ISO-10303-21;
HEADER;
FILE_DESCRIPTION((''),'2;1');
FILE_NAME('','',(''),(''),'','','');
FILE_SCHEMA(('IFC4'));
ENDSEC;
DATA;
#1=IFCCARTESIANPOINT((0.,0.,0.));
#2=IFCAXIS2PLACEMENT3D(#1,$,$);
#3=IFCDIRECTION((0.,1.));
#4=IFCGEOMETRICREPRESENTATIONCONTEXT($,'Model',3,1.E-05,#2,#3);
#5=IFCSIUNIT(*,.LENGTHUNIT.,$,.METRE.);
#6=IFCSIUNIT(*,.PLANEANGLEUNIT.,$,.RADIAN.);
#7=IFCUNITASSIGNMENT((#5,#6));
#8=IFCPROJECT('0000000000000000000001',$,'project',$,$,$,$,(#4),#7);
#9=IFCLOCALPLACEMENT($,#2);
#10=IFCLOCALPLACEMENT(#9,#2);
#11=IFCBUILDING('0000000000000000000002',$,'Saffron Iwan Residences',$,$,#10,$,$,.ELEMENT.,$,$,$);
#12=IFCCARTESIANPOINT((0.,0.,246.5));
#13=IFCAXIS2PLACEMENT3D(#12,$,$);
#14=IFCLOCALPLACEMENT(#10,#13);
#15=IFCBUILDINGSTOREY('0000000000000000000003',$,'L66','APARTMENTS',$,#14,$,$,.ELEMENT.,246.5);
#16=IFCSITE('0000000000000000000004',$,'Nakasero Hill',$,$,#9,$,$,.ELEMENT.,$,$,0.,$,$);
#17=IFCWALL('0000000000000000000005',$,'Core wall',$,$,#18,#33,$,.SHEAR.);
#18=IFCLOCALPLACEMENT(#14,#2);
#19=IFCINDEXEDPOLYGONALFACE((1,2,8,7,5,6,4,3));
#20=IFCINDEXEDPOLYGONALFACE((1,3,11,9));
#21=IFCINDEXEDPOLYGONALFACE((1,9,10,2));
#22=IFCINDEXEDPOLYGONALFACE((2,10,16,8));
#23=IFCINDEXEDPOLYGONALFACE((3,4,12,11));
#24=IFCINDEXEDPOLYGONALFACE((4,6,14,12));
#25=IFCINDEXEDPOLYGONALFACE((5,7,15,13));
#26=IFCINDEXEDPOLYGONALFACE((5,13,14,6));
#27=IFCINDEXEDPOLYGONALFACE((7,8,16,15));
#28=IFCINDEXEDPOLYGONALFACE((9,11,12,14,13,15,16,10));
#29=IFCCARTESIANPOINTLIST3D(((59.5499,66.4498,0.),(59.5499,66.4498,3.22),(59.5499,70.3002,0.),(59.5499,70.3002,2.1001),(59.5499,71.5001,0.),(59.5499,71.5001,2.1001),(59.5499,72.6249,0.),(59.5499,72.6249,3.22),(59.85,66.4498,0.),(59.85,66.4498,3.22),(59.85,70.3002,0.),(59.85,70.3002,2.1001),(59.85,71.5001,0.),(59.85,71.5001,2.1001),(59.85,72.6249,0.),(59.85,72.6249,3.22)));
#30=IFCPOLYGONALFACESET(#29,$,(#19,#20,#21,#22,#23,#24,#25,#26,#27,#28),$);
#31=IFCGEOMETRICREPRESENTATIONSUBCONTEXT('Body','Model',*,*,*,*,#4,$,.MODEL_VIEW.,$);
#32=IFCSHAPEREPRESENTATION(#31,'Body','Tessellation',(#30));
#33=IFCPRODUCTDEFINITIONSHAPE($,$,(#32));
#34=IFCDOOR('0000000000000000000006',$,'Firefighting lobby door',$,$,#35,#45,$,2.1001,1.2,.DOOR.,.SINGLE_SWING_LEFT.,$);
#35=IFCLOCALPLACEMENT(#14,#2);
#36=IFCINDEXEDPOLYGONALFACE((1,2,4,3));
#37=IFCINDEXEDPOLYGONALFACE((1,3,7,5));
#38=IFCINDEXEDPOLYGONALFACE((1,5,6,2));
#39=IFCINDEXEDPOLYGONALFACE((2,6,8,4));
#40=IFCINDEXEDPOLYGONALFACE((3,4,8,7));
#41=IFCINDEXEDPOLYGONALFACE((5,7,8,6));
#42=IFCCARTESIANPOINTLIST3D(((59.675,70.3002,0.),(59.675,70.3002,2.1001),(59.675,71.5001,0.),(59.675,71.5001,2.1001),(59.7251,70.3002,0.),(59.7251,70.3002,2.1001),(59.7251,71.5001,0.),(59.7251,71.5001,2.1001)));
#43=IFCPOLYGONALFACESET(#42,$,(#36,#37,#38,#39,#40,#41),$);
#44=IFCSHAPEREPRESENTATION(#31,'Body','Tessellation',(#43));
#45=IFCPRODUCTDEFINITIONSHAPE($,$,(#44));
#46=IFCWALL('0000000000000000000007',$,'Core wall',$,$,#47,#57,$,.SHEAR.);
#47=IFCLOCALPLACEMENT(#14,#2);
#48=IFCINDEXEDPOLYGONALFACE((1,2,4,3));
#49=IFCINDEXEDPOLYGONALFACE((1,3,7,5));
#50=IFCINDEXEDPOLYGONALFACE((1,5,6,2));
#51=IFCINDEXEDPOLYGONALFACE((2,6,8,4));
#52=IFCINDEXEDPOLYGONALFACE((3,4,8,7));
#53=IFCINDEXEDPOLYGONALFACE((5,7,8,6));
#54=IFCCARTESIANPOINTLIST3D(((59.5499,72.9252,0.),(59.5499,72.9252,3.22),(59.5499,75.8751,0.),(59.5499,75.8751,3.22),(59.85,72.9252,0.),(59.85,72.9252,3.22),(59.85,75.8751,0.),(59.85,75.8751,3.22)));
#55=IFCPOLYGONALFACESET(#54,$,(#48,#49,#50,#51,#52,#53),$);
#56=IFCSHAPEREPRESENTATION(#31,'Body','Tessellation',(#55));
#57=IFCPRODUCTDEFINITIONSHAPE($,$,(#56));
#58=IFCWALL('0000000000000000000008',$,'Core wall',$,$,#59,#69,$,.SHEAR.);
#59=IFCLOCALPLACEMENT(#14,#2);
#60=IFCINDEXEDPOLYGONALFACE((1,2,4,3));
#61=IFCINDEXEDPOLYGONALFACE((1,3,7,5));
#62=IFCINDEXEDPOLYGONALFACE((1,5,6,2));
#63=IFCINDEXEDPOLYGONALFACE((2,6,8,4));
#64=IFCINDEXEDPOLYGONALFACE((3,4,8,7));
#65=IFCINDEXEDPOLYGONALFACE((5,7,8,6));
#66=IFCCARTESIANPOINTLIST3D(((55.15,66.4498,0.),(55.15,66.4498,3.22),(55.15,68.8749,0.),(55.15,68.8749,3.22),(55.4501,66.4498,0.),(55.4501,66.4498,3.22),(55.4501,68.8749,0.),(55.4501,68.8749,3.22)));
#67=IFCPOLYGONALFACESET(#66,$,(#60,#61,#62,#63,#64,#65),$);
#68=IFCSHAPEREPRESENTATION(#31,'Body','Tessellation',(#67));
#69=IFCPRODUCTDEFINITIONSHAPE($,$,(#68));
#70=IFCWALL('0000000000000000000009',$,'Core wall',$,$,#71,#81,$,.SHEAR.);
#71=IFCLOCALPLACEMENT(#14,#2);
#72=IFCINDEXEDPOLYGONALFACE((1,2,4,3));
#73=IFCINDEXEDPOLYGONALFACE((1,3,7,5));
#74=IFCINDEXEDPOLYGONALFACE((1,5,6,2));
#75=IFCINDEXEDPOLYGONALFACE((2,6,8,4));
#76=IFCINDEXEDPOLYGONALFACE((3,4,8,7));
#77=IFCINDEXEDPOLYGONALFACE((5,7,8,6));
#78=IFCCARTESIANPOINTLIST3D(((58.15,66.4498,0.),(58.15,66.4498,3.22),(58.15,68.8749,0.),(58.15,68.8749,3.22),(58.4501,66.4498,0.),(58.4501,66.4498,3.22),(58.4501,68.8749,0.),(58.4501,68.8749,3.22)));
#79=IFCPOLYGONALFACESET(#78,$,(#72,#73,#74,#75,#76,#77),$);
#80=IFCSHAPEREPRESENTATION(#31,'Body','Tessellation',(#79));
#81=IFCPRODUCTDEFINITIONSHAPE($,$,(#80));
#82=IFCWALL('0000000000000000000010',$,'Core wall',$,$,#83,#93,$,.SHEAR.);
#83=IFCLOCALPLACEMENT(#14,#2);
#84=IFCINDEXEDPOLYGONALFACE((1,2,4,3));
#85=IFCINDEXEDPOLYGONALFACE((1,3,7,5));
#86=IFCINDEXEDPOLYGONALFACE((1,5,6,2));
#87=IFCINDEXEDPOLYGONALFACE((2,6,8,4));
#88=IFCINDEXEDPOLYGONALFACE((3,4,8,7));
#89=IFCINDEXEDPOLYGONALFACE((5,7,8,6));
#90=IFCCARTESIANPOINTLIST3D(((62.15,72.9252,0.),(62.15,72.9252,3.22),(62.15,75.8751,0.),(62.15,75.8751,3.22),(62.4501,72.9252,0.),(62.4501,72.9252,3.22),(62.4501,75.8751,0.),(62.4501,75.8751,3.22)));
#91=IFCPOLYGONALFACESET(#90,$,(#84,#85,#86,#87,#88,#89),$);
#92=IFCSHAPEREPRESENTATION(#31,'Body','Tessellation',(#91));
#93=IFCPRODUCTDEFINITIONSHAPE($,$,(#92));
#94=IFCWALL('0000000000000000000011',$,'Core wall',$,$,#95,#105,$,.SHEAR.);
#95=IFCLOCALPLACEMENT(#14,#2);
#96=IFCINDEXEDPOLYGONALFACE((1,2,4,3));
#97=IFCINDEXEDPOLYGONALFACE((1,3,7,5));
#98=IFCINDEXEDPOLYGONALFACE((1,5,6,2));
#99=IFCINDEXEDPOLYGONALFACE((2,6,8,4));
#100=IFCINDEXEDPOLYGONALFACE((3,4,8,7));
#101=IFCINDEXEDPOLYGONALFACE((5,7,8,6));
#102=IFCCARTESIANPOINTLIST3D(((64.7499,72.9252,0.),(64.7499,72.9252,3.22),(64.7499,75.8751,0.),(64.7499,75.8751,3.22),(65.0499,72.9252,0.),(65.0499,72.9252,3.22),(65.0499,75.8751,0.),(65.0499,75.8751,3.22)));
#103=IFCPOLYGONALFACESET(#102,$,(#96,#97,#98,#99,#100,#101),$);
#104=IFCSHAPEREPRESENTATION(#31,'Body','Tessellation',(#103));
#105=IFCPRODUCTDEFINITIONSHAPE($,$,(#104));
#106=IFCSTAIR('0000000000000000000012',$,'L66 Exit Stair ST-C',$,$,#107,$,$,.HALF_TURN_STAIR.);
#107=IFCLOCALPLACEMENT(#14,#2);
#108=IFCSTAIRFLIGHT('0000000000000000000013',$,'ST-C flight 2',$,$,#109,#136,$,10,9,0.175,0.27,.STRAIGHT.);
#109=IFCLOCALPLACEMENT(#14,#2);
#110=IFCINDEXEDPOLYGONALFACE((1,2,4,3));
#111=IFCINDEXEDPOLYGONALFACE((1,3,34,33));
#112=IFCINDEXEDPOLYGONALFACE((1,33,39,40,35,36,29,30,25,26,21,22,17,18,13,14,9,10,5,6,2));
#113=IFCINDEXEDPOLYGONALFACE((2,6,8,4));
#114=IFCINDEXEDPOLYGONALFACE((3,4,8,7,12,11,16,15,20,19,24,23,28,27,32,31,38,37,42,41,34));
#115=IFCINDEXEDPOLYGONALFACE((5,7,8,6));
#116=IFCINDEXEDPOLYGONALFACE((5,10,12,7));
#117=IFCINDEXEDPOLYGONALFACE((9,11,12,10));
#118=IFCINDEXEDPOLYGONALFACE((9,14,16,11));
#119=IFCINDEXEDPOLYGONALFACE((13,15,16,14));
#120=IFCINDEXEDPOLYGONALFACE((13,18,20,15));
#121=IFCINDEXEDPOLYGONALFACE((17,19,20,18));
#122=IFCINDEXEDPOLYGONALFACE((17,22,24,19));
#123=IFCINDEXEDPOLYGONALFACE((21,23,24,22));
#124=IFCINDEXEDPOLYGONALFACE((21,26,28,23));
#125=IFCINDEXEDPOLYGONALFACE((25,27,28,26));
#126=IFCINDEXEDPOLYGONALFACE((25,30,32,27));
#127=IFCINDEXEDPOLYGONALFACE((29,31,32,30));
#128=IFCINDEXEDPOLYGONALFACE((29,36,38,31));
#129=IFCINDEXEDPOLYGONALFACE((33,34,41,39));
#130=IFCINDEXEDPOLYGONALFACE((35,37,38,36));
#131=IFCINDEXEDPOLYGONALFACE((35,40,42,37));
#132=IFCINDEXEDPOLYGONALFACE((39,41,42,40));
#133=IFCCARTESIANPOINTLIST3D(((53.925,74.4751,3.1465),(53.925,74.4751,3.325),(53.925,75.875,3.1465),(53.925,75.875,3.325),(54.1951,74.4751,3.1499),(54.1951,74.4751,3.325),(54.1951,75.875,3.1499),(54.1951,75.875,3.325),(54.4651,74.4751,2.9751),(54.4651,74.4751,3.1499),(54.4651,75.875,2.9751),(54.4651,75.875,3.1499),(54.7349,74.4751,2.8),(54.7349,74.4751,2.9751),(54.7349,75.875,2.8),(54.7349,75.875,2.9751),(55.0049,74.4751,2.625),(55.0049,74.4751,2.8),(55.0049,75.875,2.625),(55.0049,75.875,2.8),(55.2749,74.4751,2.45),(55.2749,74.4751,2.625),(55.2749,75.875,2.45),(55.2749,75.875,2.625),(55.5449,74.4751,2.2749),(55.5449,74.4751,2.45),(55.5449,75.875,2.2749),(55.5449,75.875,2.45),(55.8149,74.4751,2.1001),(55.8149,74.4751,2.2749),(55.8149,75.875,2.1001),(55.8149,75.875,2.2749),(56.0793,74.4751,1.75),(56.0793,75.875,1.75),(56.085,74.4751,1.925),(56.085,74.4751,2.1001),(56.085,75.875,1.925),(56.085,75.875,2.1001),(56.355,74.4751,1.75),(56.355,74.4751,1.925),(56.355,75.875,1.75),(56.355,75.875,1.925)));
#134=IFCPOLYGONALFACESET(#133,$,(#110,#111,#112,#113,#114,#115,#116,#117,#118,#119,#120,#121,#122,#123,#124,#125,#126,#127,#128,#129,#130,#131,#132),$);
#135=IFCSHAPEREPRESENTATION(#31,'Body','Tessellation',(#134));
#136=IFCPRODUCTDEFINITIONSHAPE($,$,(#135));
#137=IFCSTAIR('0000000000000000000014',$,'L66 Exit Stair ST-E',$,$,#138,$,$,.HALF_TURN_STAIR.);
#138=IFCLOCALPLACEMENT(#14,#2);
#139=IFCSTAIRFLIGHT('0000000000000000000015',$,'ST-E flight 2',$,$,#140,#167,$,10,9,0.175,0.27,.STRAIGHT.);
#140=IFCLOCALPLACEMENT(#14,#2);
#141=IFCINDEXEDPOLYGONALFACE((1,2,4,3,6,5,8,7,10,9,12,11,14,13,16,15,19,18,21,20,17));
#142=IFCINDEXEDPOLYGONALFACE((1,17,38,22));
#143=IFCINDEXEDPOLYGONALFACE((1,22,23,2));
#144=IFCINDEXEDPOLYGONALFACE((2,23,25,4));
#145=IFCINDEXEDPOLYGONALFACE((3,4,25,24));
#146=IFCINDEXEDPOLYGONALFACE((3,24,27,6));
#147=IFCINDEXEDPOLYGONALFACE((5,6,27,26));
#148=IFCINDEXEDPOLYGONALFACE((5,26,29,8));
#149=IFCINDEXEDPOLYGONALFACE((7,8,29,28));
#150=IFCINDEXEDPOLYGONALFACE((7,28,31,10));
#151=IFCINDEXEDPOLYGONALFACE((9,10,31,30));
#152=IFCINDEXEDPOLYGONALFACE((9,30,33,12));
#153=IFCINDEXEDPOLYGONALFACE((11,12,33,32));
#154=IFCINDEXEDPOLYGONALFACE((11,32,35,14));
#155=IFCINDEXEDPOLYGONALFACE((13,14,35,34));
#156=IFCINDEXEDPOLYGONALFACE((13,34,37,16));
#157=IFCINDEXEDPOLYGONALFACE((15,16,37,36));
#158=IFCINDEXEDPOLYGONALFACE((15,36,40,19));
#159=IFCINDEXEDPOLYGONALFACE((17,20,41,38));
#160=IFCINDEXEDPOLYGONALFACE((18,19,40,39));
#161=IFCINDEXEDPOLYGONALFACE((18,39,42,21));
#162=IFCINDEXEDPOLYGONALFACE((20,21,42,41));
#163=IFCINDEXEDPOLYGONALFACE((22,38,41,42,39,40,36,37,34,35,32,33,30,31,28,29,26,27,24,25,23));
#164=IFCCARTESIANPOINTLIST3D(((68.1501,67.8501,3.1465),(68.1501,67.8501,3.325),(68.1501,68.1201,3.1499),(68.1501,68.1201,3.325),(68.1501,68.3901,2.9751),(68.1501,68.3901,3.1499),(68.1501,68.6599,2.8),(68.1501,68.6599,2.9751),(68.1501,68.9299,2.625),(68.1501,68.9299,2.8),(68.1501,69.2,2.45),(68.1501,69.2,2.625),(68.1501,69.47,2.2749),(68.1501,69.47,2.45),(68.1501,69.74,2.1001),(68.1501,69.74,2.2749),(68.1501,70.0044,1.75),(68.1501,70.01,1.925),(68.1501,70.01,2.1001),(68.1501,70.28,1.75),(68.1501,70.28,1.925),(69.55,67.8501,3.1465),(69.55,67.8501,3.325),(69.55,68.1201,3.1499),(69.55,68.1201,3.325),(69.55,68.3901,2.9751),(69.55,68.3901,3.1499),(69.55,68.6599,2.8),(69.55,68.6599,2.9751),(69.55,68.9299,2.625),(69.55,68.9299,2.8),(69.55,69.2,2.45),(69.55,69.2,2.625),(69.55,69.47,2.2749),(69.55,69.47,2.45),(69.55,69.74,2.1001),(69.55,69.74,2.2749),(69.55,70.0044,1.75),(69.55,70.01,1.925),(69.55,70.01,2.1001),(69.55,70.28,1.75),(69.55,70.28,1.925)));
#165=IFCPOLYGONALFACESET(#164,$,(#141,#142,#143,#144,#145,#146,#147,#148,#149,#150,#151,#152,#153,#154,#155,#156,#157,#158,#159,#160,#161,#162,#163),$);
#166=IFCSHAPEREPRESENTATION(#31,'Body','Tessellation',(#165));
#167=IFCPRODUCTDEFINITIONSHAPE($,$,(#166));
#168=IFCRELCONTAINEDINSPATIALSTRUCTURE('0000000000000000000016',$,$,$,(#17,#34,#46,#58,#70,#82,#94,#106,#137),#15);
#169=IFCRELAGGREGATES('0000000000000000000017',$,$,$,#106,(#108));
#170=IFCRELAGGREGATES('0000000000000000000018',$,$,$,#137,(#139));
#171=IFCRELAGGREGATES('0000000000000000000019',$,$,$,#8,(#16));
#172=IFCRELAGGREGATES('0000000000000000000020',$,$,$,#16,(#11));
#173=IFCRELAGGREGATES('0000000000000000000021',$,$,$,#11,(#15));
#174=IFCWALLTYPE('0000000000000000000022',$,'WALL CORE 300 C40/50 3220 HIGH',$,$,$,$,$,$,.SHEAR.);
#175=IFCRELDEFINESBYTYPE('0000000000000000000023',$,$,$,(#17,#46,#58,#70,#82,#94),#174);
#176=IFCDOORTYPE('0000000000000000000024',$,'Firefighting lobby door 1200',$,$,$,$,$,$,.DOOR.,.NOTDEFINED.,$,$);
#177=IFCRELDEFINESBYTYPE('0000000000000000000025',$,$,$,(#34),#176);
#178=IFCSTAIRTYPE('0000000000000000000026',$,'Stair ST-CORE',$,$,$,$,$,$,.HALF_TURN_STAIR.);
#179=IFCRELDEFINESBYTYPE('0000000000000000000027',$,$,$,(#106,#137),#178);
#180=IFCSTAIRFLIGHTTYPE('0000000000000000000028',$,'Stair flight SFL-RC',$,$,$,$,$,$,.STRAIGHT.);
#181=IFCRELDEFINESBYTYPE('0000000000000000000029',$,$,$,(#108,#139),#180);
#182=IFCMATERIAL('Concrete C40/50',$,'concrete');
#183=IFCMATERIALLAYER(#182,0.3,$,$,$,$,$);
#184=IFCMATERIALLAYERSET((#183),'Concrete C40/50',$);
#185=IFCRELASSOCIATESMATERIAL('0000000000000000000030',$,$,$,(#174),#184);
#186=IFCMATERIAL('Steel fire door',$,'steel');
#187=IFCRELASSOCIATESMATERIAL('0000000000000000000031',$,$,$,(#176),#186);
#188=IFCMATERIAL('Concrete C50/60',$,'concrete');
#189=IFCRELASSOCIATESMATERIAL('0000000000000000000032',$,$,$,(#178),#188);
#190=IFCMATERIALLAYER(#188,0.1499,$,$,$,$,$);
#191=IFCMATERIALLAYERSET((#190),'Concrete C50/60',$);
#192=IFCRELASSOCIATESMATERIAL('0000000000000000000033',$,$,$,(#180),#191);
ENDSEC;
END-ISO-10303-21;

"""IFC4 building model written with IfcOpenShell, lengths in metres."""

from ifc_helpers import new_model, si_unit, direction, frame, frame_2d, origin, place, context, subcontext, project, spatial, polyline, rectangle, outline, extrude, material, layer, layer_set, type_object, element, fill, aggregate, save


model = new_model("IFC4")

# Units and contexts
model_context = context("Model", 3, precision=1e-05, world=origin(), true_north=direction((0.0, 1.0)))
body_context = subcontext(model_context, "Body", "Model", "MODEL_VIEW")
ifc_project = project(units=[si_unit("LENGTHUNIT", "METRE"), si_unit("PLANEANGLEUNIT", "RADIAN")], contexts=[model_context])

# Site, building, storey
site_placement = place(None, origin())
site = spatial("IfcSite", under=ifc_project, at=site_placement, Name="Nakasero Hill", CompositionType="ELEMENT", RefElevation=0.0)
building_placement = place(site_placement, origin())
building = spatial("IfcBuilding", under=site, at=building_placement, Name="Saffron Iwan Residences", CompositionType="ELEMENT")
storey_placement = place(building_placement, frame((0.0, 0.0, 246.5)))
storey = spatial("IfcBuildingStorey", under=building, at=storey_placement, Name="L66", Description="APARTMENTS", CompositionType="ELEMENT", Elevation=246.5)

# Shared definitions
ifc_material_1 = material(Name="Concrete C40/50", Category="concrete")

# Shared definitions
ifc_material_2 = material(Name="Steel fire door", Category="steel")

# Shared definitions
ifc_layer_1 = layer(ifc_material_1, 0.3)
ifc_layer_set_1 = layer_set([ifc_layer_1], Name="Concrete C40/50")
wall_type_1 = type_object("IfcWallType", Name="WALL CORE 300 C40/50 3220 HIGH", PredefinedType="SHEAR", material=ifc_layer_set_1)

# Wall, opening, door
wall_1_placement = place(storey_placement, frame((59.7, 66.45, 0.0), z_axis=(0.0, 0.0, 1.0), x_axis=(0.0, 1.0, 0.0)))
wall_1 = element("IfcWall", 1, at=wall_1_placement, inside=storey, type_object=wall_type_1, Name="Core wall", PredefinedType="SHEAR", context=body_context, shape_type="SweptSolid", body=[
    extrude(rectangle(XDim=6.175, YDim=0.3, at=frame_2d((3.0874, 0.0))), origin(), (0.0, 0.0, 1.0), 3.22),
])
opening_1_placement = place(wall_1_placement, frame((3.8501, 0.0, 0.0)))
opening_1 = element("IfcOpeningElement", 2, at=opening_1_placement, cuts=wall_1, PredefinedType="OPENING", context=body_context, shape_type="SweptSolid", body=[
    extrude(rectangle(XDim=1.2, YDim=2.1001, at=frame_2d((0.6001, 1.05))), frame((0.0, 0.1602, 0.0), z_axis=(0.0, -1.0, 0.0), x_axis=(1.0, 0.0, 0.0)), (0.0, 0.0, 1.0), 0.3201),
])
door_type_1 = type_object("IfcDoorType", Name="Firefighting lobby door 1200", OperationType="NOTDEFINED", PredefinedType="DOOR", material=ifc_material_2)
door_1_placement = place(opening_1_placement, origin())
door_1 = element("IfcDoor", 3, at=door_1_placement, inside=storey, type_object=door_type_1, Name="Firefighting lobby door", OperationType="SINGLE_SWING_LEFT", OverallHeight=2.1001, OverallWidth=1.2, PredefinedType="DOOR", context=body_context, shape_type="SweptSolid", body=[
    extrude(rectangle(XDim=1.2, YDim=2.1001, at=frame_2d((0.6001, 1.05))), frame((0.0, 0.0249, 0.0), z_axis=(0.0, -1.0, 0.0), x_axis=(1.0, 0.0, 0.0)), (0.0, 0.0, 1.0), 0.05),
])
fill(opening_1, door_1)

# Walls
wall_2_placement = place(storey_placement, frame((59.7, 72.925, 0.0), z_axis=(0.0, 0.0, 1.0), x_axis=(0.0, 1.0, 0.0)))
element("IfcWall", 4, at=wall_2_placement, inside=storey, type_object=wall_type_1, Name="Core wall", PredefinedType="SHEAR", context=body_context, shape_type="SweptSolid", body=[
    extrude(rectangle(XDim=2.95, YDim=0.3, at=frame_2d((1.4751, 0.0))), origin(), (0.0, 0.0, 1.0), 3.22),
])
for number, where, z_axis, x_axis, name in (
    (5, (55.3, 66.45, 0.0), (0.0, 0.0, 1.0), (0.0, 1.0, 0.0), "Core wall"),
    (6, (58.3, 66.45, 0.0), (0.0, 0.0, 1.0), (0.0, 1.0, 0.0), "Core wall"),
):
    element("IfcWall", number, at=place(storey_placement, frame(where, z_axis=z_axis, x_axis=x_axis)), inside=storey, type_object=wall_type_1, Name=name, PredefinedType="SHEAR", context=body_context, shape_type="SweptSolid", body=[
        extrude(rectangle(XDim=2.425, YDim=0.3, at=frame_2d((1.2124, 0.0))), origin(), (0.0, 0.0, 1.0), 3.22),
    ])
for number, where, z_axis, x_axis, name in (
    (7, (62.3, 72.925, 0.0), (0.0, 0.0, 1.0), (0.0, 1.0, 0.0), "Core wall"),
    (8, (64.8999, 72.925, 0.0), (0.0, 0.0, 1.0), (0.0, 1.0, 0.0), "Core wall"),
):
    element("IfcWall", number, at=place(storey_placement, frame(where, z_axis=z_axis, x_axis=x_axis)), inside=storey, type_object=wall_type_1, Name=name, PredefinedType="SHEAR", context=body_context, shape_type="SweptSolid", body=[
        extrude(rectangle(XDim=2.95, YDim=0.3, at=frame_2d((1.4751, 0.0))), origin(), (0.0, 0.0, 1.0), 3.22),
    ])

# Stairs, stair flights
ifc_material_3 = material(Name="Concrete C50/60", Category="concrete")
stair_type = type_object("IfcStairType", Name="Stair ST-CORE", PredefinedType="HALF_TURN_STAIR", material=ifc_material_3)
stair_1_placement = place(storey_placement, origin())
stair_1 = element("IfcStair", 9, at=stair_1_placement, inside=storey, type_object=stair_type, Name="L66 Exit Stair ST-C", PredefinedType="HALF_TURN_STAIR")
ifc_layer_2 = layer(ifc_material_3, 0.1499)
ifc_layer_set_2 = layer_set([ifc_layer_2], Name="Concrete C50/60")
stair_flight_type = type_object("IfcStairFlightType", Name="Stair flight SFL-RC", PredefinedType="STRAIGHT", material=ifc_layer_set_2)
stair_flight_1_placement = place(storey_placement, frame((56.355, 75.175, 1.75), z_axis=(0.0, 0.0, 1.0), x_axis=(-1.0, 0.0, 0.0)))
stair_flight_1 = element("IfcStairFlight", 10, at=stair_flight_1_placement, type_object=stair_flight_type, Name="ST-C flight 2", NumberOfRisers=10, NumberOfTreads=9, PredefinedType="STRAIGHT", RiserHeight=0.175, TreadLength=0.27, context=body_context, shape_type="SweptSolid", body=[
    extrude(outline(polyline([(0.0, 0.0), (0.0, 0.175), (0.27, 0.175), (0.27, 0.3501), (0.54, 0.3501), (0.54, 0.5249), (0.8101, 0.5249), (0.8101, 0.7), (1.0801, 0.7), (1.0801, 0.875), (1.3501, 0.875), (1.3501, 1.05), (1.6201, 1.05), (1.6201, 1.2251), (1.8899, 1.2251), (1.8899, 1.3999), (2.1599, 1.3999), (2.1599, 1.575), (2.4299, 1.575), (2.4299, 1.75), (2.4299, 1.3965), (0.2756, 0.0), (0.0, 0.0)])), frame((0.0, 0.7, 0.0), z_axis=(0.0, -1.0, 0.0), x_axis=(1.0, 0.0, 0.0)), (0.0, 0.0, 1.0), 1.3999),
])
aggregate(stair_1, [stair_flight_1])
stair_2_placement = place(storey_placement, origin())
stair_2 = element("IfcStair", 11, at=stair_2_placement, inside=storey, type_object=stair_type, Name="L66 Exit Stair ST-E", PredefinedType="HALF_TURN_STAIR")
stair_flight_2_placement = place(storey_placement, frame((68.8501, 70.28, 1.75), z_axis=(0.0, 0.0, 1.0), x_axis=(0.0, -1.0, 0.0)))
stair_flight_2 = element("IfcStairFlight", 12, at=stair_flight_2_placement, type_object=stair_flight_type, Name="ST-E flight 2", NumberOfRisers=10, NumberOfTreads=9, PredefinedType="STRAIGHT", RiserHeight=0.175, TreadLength=0.27, context=body_context, shape_type="SweptSolid", body=[
    extrude(outline(polyline([(0.0, 0.0), (0.0, 0.175), (0.27, 0.175), (0.27, 0.3501), (0.54, 0.3501), (0.54, 0.5249), (0.8101, 0.5249), (0.8101, 0.7), (1.0801, 0.7), (1.0801, 0.875), (1.3501, 0.875), (1.3501, 1.05), (1.6201, 1.05), (1.6201, 1.2251), (1.8899, 1.2251), (1.8899, 1.3999), (2.1599, 1.3999), (2.1599, 1.575), (2.4299, 1.575), (2.4299, 1.75), (2.4299, 1.3965), (0.2756, 0.0), (0.0, 0.0)])), frame((0.0, 0.7, 0.0), z_axis=(0.0, -1.0, 0.0), x_axis=(1.0, 0.0, 0.0)), (0.0, 0.0, 1.0), 1.3999),
])
aggregate(stair_2, [stair_flight_2])

save(model, "model.ifc")
